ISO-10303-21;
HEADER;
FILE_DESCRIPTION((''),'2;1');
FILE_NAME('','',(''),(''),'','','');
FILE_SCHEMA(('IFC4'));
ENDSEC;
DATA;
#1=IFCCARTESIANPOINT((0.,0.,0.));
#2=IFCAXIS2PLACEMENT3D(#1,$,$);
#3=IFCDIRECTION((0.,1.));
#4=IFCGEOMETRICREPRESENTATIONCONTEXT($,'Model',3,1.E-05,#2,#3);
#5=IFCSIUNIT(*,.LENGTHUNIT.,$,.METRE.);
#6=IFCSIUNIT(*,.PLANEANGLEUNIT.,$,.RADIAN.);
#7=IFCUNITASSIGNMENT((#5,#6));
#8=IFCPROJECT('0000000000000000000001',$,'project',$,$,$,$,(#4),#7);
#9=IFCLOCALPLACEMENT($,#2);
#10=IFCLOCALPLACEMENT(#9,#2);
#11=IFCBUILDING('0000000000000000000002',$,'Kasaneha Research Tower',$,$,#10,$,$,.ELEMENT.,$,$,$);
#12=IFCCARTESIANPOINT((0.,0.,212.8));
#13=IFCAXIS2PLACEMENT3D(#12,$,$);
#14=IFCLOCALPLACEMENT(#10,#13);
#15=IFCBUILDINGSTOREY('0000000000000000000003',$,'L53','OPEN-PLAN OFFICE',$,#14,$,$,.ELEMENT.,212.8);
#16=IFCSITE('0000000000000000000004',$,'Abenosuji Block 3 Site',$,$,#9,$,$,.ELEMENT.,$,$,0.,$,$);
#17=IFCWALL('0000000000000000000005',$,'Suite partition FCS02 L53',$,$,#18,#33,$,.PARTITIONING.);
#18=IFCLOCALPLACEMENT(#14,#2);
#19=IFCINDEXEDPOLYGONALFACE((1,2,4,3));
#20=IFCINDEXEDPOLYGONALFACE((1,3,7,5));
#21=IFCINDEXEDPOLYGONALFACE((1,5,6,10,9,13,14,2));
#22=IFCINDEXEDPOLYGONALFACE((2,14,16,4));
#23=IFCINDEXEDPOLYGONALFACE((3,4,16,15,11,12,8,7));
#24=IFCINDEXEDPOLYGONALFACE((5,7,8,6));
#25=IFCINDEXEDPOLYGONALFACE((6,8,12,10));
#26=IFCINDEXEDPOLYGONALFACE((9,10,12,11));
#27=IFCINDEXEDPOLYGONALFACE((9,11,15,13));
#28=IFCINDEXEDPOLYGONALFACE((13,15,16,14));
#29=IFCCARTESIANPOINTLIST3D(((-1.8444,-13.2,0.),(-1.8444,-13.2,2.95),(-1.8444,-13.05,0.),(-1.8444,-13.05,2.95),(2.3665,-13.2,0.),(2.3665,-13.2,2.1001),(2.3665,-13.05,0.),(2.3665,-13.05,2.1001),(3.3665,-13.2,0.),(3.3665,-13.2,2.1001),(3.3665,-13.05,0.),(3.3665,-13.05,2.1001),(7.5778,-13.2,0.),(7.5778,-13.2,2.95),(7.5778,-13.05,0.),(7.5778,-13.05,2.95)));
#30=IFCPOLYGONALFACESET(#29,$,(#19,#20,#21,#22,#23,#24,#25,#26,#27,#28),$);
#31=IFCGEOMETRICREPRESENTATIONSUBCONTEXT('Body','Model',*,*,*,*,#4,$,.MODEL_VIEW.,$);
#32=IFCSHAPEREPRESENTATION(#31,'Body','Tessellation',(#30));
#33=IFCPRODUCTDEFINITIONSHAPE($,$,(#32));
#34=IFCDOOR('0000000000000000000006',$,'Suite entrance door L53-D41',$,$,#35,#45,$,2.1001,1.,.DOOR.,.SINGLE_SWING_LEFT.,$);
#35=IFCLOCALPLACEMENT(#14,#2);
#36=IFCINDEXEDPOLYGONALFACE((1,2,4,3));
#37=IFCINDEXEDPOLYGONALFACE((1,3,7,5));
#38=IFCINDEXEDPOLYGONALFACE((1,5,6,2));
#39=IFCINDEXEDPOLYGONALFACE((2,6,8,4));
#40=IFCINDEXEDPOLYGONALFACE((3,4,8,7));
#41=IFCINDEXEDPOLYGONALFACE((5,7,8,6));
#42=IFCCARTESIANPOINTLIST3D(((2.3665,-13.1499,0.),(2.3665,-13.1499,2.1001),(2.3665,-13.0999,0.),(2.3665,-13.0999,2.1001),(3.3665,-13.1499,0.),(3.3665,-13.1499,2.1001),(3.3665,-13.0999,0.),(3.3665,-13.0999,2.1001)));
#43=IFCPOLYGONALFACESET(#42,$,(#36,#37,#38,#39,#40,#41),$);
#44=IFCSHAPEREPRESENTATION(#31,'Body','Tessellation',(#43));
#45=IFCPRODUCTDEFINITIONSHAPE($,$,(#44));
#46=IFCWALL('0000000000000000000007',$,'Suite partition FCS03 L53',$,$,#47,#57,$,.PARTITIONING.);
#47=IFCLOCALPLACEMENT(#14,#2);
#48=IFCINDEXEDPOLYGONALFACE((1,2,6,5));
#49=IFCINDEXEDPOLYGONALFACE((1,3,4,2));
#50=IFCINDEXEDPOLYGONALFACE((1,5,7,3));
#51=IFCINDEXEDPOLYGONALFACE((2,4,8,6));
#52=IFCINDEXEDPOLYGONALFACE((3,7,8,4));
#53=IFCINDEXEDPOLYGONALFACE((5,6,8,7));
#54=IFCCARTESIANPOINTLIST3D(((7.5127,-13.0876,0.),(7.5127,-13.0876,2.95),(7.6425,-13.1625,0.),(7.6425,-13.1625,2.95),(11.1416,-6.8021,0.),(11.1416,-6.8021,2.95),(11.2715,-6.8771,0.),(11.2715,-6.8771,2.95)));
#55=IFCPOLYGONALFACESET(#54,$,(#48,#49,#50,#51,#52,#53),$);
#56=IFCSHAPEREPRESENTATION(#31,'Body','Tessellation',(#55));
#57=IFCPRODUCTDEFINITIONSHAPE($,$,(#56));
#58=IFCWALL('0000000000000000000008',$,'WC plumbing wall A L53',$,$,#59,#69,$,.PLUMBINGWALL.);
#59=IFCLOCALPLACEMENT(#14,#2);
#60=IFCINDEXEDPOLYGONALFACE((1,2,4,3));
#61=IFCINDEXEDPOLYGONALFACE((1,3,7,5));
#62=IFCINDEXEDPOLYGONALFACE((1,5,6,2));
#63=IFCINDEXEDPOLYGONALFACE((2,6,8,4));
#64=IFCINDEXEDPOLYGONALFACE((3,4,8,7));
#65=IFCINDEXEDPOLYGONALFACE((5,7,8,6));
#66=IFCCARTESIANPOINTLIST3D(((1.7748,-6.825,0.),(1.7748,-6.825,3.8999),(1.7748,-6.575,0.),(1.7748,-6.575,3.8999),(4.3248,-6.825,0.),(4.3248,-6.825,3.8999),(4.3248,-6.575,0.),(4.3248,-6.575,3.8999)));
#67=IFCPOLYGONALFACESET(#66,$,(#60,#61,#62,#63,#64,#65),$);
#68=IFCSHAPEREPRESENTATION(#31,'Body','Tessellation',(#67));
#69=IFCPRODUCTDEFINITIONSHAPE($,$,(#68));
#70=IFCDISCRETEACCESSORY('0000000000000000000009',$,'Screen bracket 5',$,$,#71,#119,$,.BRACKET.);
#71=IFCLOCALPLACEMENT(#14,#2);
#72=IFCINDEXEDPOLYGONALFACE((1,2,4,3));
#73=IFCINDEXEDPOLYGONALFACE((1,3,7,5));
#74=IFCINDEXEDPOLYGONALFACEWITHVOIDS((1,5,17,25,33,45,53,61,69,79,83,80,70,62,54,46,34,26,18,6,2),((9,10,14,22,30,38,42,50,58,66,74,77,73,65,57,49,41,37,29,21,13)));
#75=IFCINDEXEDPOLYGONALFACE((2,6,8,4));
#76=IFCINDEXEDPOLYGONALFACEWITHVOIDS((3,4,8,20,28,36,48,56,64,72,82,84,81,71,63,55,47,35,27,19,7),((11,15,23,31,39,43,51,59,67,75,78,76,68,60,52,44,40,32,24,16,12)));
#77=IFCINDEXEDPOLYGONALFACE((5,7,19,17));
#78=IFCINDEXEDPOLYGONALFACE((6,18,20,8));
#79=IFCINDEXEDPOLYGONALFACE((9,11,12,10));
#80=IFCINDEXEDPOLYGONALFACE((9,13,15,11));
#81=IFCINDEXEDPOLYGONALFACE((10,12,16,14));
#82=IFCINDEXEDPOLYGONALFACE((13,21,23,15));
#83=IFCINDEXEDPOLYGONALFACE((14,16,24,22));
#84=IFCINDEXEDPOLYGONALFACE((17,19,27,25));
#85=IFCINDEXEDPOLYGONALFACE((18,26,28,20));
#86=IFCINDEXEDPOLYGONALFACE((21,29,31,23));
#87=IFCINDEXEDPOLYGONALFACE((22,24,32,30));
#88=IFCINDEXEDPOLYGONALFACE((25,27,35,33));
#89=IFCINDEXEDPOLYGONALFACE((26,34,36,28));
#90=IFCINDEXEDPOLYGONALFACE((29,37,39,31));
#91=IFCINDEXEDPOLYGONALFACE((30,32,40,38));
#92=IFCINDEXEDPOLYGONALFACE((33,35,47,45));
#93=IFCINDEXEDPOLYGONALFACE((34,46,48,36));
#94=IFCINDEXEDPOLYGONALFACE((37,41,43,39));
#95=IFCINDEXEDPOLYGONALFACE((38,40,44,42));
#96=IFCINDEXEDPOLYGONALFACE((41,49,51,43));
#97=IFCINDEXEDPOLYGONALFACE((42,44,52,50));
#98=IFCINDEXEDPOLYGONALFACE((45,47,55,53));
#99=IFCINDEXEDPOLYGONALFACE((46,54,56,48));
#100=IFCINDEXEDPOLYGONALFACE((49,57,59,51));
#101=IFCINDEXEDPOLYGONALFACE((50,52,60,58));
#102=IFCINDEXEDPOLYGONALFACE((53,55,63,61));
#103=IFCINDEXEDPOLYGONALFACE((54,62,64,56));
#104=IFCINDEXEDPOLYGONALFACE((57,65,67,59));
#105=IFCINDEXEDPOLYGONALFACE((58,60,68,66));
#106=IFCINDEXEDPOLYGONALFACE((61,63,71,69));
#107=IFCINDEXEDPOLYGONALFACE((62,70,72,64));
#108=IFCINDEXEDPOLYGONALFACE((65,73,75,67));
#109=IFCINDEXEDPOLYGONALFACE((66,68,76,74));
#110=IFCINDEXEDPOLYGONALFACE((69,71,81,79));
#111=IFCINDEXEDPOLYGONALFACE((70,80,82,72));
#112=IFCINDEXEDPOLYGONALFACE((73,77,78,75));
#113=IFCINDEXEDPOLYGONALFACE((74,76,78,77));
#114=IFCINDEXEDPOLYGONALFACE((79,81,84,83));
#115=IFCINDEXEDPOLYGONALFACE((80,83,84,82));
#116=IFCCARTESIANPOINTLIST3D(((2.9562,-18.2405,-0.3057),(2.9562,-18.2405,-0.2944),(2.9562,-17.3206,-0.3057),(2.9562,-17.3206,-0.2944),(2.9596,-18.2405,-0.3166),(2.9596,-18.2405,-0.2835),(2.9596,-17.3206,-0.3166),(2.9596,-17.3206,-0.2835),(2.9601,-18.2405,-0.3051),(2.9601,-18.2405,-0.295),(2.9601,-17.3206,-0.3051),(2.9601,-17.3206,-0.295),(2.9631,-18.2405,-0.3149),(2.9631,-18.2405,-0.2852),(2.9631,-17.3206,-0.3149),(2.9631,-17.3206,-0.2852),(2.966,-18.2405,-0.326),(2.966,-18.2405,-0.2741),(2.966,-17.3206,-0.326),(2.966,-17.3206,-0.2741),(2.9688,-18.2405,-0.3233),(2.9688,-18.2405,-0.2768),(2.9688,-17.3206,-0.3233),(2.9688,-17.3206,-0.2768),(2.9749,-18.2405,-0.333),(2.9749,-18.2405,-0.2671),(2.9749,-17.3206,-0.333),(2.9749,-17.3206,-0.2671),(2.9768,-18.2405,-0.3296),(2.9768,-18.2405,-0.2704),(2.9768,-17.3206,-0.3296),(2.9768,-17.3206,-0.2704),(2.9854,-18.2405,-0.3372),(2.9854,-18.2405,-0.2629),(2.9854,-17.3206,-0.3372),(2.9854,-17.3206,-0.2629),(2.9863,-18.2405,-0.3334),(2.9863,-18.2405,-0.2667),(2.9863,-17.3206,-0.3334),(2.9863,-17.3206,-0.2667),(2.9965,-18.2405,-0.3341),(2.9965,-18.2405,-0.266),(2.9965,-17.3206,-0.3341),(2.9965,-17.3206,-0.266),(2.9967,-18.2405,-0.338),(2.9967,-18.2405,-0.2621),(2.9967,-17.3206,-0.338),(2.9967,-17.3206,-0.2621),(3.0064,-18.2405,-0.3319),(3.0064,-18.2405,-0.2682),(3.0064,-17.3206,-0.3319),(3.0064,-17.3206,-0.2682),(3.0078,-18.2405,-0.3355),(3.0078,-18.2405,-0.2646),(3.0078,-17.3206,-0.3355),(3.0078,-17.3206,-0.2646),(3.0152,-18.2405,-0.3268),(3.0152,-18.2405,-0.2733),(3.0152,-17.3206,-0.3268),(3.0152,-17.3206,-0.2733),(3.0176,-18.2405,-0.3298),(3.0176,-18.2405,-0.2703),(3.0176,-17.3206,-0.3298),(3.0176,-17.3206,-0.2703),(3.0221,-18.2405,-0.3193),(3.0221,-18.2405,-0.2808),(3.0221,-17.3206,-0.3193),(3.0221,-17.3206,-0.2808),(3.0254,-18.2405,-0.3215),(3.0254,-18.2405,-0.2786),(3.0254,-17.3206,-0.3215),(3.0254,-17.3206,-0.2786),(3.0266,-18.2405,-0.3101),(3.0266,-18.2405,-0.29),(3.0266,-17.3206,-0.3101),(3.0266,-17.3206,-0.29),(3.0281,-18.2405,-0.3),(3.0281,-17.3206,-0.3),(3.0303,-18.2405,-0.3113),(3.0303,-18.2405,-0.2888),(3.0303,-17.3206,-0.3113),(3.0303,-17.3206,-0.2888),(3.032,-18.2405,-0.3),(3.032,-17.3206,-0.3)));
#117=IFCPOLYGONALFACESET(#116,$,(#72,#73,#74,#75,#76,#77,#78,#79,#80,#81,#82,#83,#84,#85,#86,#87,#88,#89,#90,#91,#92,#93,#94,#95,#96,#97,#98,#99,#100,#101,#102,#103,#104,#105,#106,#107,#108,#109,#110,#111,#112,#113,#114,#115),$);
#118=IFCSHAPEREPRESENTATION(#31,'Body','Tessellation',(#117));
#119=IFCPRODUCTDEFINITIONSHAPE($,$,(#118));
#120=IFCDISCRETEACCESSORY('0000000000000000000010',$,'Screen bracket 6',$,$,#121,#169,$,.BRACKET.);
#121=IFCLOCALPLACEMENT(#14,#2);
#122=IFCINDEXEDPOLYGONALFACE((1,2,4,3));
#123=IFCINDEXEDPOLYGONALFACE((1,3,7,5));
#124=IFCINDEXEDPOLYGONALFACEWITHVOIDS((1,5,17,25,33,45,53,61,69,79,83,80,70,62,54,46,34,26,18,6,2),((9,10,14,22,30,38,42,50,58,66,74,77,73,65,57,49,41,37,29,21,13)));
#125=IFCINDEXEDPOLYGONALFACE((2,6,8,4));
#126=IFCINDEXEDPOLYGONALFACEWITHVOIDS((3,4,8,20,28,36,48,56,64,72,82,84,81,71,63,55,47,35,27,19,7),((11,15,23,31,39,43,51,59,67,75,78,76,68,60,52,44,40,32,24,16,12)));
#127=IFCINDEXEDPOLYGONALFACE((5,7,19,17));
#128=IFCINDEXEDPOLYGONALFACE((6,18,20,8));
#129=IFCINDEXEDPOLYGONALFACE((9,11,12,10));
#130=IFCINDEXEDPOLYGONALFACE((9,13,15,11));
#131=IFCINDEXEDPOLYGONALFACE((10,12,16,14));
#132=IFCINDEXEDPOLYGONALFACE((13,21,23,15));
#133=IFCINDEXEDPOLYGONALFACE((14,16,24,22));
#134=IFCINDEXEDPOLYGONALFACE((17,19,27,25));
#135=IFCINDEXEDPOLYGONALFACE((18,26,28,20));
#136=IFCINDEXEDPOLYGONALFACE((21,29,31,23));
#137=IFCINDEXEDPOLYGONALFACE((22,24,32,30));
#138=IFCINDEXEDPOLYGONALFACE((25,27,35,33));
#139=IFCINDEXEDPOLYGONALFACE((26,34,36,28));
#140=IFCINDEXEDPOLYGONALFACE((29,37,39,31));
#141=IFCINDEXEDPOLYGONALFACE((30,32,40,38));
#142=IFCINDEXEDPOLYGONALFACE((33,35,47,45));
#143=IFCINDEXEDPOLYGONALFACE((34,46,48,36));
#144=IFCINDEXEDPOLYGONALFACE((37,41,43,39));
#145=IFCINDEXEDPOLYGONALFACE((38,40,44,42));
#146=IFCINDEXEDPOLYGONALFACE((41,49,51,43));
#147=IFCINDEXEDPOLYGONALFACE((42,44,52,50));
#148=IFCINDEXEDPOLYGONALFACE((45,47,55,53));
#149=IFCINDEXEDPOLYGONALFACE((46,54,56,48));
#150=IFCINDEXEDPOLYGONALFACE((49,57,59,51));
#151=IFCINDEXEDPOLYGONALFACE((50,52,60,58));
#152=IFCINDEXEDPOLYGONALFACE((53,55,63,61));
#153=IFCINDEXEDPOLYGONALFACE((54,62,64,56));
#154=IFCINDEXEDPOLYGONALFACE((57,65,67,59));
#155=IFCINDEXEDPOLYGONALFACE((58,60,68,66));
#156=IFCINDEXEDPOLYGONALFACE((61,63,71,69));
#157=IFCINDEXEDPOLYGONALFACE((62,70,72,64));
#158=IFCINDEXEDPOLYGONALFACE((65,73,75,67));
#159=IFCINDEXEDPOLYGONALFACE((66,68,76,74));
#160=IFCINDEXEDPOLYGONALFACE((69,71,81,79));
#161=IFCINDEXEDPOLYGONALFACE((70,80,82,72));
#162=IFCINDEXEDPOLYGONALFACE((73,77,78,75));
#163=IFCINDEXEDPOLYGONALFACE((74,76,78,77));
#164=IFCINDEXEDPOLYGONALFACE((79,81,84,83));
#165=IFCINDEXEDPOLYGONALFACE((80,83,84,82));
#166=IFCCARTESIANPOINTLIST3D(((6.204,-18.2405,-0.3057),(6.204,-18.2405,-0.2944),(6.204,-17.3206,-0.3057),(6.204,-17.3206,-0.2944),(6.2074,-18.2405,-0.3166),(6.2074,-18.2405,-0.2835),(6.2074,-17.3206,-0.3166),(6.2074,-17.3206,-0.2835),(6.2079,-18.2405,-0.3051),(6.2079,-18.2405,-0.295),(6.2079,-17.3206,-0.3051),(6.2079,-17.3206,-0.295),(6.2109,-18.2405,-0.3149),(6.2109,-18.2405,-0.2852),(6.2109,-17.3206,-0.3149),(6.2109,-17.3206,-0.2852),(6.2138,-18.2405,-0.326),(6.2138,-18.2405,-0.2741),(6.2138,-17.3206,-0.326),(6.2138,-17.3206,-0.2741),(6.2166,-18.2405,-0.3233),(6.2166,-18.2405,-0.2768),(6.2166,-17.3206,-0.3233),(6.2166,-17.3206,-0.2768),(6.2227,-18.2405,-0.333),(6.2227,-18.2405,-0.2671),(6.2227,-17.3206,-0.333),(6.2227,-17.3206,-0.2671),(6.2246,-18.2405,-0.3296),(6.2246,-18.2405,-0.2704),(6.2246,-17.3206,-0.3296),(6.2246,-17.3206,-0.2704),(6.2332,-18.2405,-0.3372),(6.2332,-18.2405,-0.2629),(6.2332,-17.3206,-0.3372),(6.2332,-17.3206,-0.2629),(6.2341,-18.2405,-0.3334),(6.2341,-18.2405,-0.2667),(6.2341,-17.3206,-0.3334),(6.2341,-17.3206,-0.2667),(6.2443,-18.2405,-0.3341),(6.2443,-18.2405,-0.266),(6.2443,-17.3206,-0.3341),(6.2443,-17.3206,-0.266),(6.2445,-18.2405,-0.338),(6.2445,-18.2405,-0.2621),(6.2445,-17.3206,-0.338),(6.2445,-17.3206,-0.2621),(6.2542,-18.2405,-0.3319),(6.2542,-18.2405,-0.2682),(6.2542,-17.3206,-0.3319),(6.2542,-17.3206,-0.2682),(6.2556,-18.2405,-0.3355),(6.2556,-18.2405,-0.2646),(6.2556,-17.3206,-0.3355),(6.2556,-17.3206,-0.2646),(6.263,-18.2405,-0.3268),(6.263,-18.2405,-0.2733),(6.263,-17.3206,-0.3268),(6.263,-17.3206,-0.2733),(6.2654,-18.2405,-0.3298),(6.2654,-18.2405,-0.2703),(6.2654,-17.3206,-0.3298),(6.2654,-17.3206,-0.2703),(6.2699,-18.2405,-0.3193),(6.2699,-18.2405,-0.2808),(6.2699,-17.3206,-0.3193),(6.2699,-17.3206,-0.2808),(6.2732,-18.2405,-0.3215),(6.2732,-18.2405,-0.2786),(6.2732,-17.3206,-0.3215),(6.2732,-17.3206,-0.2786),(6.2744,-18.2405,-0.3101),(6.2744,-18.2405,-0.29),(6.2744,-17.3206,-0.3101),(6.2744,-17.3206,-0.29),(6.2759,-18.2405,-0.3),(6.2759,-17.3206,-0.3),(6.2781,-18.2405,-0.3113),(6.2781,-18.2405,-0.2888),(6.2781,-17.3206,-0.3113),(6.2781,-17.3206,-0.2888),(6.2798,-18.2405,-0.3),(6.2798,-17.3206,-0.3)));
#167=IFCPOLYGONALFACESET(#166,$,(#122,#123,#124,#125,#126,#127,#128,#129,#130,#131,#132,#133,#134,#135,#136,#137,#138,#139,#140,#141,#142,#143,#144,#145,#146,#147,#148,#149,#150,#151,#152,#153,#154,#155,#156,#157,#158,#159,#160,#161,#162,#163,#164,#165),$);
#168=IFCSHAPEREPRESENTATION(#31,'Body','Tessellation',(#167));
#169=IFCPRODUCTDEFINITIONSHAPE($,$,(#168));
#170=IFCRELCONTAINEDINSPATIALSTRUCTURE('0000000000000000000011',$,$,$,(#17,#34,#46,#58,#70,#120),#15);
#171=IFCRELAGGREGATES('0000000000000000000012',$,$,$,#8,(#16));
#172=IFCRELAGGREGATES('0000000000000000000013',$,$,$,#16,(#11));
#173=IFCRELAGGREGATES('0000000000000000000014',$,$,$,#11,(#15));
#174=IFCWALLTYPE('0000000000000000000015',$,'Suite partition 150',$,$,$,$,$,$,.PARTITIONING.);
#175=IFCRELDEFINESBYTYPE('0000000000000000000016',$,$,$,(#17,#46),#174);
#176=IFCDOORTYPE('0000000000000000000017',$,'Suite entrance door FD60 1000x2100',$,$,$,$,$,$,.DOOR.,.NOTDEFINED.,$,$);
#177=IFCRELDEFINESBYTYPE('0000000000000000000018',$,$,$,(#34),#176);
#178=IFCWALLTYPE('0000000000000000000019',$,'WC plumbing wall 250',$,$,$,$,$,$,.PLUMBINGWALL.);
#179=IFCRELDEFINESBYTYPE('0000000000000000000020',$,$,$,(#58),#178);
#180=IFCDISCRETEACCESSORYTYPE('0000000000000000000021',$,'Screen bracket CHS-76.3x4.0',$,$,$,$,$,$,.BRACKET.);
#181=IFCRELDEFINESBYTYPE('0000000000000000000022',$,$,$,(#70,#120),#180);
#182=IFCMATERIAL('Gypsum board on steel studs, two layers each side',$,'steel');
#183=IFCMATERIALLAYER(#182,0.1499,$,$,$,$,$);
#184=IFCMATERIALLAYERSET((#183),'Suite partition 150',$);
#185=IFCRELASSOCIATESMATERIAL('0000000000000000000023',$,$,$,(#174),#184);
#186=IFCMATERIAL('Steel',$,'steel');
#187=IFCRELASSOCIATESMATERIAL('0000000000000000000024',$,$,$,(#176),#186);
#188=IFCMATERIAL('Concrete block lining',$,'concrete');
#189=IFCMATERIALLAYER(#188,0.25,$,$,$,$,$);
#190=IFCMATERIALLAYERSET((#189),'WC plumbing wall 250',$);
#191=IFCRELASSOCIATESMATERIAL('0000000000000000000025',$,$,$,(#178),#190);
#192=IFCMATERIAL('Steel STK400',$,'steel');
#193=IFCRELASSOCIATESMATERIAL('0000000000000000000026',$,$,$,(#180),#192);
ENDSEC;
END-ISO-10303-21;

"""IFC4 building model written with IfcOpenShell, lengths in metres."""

from ifc_helpers import new_model, si_unit, direction, frame, frame_2d, origin, origin_2d, place, context, subcontext, project, spatial, rectangle, hollow_circle, extrude, material, layer, layer_set, material_profile, profile_set, type_object, element, fill, save


model = new_model("IFC4")

# Units and contexts
model_context = context("Model", 3, precision=1e-05, world=origin(), true_north=direction((0.0, 1.0)))
body_context = subcontext(model_context, "Body", "Model", "MODEL_VIEW")
ifc_project = project(units=[si_unit("LENGTHUNIT", "METRE"), si_unit("PLANEANGLEUNIT", "RADIAN")], contexts=[model_context])

# Site, building, storey
site_placement = place(None, origin())
site = spatial("IfcSite", under=ifc_project, at=site_placement, Name="Abenosuji Block 3 Site", CompositionType="ELEMENT", RefElevation=0.0)
building_placement = place(site_placement, origin())
building = spatial("IfcBuilding", under=site, at=building_placement, Name="Kasaneha Research Tower", CompositionType="ELEMENT")
storey_placement = place(building_placement, frame((0.0, 0.0, 212.8)))
storey = spatial("IfcBuildingStorey", under=building, at=storey_placement, Name="L53", Description="OPEN-PLAN OFFICE", CompositionType="ELEMENT", Elevation=212.8)

# Wall, opening, door
ifc_material_1 = material(Name="Gypsum board on steel studs, two layers each side", Category="steel")
ifc_layer_1 = layer(ifc_material_1, 0.1499)
ifc_layer_set_1 = layer_set([ifc_layer_1], Name="Suite partition 150")
wall_type_1 = type_object("IfcWallType", Name="Suite partition 150", PredefinedType="PARTITIONING", material=ifc_layer_set_1)
wall_1_placement = place(storey_placement, frame((7.5776, -13.125, 0.0), z_axis=(0.0, 0.0, 1.0), x_axis=(-1.0, 0.0, 0.0)))
wall_1 = element("IfcWall", 1, at=wall_1_placement, inside=storey, type_object=wall_type_1, Name="Suite partition FCS02 L53", PredefinedType="PARTITIONING", context=body_context, shape_type="SweptSolid", body=[
    extrude(rectangle(XDim=9.4221, YDim=0.1499, at=frame_2d((4.7109, 0.0))), origin(), (0.0, 0.0, 1.0), 2.95),
])
opening_1_placement = place(wall_1_placement, frame((4.2112, 0.0, 0.0)))
opening_1 = element("IfcOpeningElement", 2, at=opening_1_placement, cuts=wall_1, PredefinedType="OPENING", context=body_context, shape_type="SweptSolid", body=[
    extrude(rectangle(XDim=1.0, YDim=2.1001, at=frame_2d((0.5, 1.05))), frame((0.0, 0.085, 0.0), z_axis=(0.0, -1.0, 0.0), x_axis=(1.0, 0.0, 0.0)), (0.0, 0.0, 1.0), 0.1699),
])
ifc_material_2 = material(Name="Steel", Category="steel")
door_type_1 = type_object("IfcDoorType", Name="Suite entrance door FD60 1000x2100", OperationType="NOTDEFINED", PredefinedType="DOOR", material=ifc_material_2)
door_1_placement = place(opening_1_placement, origin())
door_1 = element("IfcDoor", 3, at=door_1_placement, inside=storey, type_object=door_type_1, Name="Suite entrance door L53-D41", OperationType="SINGLE_SWING_LEFT", OverallHeight=2.1001, OverallWidth=1.0, PredefinedType="DOOR", context=body_context, shape_type="SweptSolid", body=[
    extrude(rectangle(XDim=1.0, YDim=2.1001, at=frame_2d((0.5, 1.05))), frame((0.0, 0.0249, 0.0), z_axis=(0.0, -1.0, 0.0), x_axis=(1.0, 0.0, 0.0)), (0.0, 0.0, 1.0), 0.05),
])
fill(opening_1, door_1)

# Walls
wall_2_placement = place(storey_placement, frame((11.2065, -6.8396, 0.0), z_axis=(0.0, 0.0, 1.0), x_axis=(-0.500003, -0.866024, 0.0)))
element("IfcWall", 4, at=wall_2_placement, inside=storey, type_object=wall_type_1, Name="Suite partition FCS03 L53", PredefinedType="PARTITIONING", context=body_context, shape_type="SweptSolid", body=[
    extrude(rectangle(XDim=7.2578, YDim=0.1499, at=frame_2d((3.6289, 0.0))), origin(), (0.0, 0.0, 1.0), 2.95),
])
ifc_material_3 = material(Name="Concrete block lining", Category="concrete")
ifc_layer_2 = layer(ifc_material_3, 0.25)
ifc_layer_set_2 = layer_set([ifc_layer_2], Name="WC plumbing wall 250")
wall_type_2 = type_object("IfcWallType", Name="WC plumbing wall 250", PredefinedType="PLUMBINGWALL", material=ifc_layer_set_2)
wall_3_placement = place(storey_placement, frame((1.7749, -6.7, 0.0), z_axis=(0.0, 0.0, 1.0), x_axis=(1.0, 0.0, 0.0)))
element("IfcWall", 5, at=wall_3_placement, inside=storey, type_object=wall_type_2, Name="WC plumbing wall A L53", PredefinedType="PLUMBINGWALL", context=body_context, shape_type="SweptSolid", body=[
    extrude(rectangle(XDim=2.55, YDim=0.25, at=frame_2d((1.2749, 0.0))), origin(), (0.0, 0.0, 1.0), 3.8999),
])

# Discrete accessories
ifc_material_4 = material(Name="Steel STK400", Category="steel")
ifc_material_profile_1 = material_profile(ifc_material_4, hollow_circle(Radius=0.0381, WallThickness=0.0039, at=origin_2d()), Name="CHS-76.3x4.0")
ifc_profile_set_1 = profile_set([ifc_material_profile_1], Name="Steel STK400")
discrete_accessory_type = type_object("IfcDiscreteAccessoryType", Name="Screen bracket CHS-76.3x4.0", PredefinedType="BRACKET", material=ifc_profile_set_1)
for number, where, z_axis, x_axis, name in (
    (6, (2.9939, -17.3206, -0.3), (0.0, -1.0, 0.0), (1.0, 0.0, 0.0), "Screen bracket 5"),
    (7, (6.2417, -17.3206, -0.3), (0.0, -1.0, 0.0), (1.0, 0.0, 0.0), "Screen bracket 6"),
):
    element("IfcDiscreteAccessory", number, at=place(storey_placement, frame(where, z_axis=z_axis, x_axis=x_axis)), inside=storey, type_object=discrete_accessory_type, Name=name, PredefinedType="BRACKET", context=body_context, shape_type="SweptSolid", body=[
        extrude(hollow_circle(Radius=0.0381, WallThickness=0.0039, at=origin_2d()), origin(), (0.0, 0.0, 1.0), 0.9199),
    ])

save(model, "model.ifc")
